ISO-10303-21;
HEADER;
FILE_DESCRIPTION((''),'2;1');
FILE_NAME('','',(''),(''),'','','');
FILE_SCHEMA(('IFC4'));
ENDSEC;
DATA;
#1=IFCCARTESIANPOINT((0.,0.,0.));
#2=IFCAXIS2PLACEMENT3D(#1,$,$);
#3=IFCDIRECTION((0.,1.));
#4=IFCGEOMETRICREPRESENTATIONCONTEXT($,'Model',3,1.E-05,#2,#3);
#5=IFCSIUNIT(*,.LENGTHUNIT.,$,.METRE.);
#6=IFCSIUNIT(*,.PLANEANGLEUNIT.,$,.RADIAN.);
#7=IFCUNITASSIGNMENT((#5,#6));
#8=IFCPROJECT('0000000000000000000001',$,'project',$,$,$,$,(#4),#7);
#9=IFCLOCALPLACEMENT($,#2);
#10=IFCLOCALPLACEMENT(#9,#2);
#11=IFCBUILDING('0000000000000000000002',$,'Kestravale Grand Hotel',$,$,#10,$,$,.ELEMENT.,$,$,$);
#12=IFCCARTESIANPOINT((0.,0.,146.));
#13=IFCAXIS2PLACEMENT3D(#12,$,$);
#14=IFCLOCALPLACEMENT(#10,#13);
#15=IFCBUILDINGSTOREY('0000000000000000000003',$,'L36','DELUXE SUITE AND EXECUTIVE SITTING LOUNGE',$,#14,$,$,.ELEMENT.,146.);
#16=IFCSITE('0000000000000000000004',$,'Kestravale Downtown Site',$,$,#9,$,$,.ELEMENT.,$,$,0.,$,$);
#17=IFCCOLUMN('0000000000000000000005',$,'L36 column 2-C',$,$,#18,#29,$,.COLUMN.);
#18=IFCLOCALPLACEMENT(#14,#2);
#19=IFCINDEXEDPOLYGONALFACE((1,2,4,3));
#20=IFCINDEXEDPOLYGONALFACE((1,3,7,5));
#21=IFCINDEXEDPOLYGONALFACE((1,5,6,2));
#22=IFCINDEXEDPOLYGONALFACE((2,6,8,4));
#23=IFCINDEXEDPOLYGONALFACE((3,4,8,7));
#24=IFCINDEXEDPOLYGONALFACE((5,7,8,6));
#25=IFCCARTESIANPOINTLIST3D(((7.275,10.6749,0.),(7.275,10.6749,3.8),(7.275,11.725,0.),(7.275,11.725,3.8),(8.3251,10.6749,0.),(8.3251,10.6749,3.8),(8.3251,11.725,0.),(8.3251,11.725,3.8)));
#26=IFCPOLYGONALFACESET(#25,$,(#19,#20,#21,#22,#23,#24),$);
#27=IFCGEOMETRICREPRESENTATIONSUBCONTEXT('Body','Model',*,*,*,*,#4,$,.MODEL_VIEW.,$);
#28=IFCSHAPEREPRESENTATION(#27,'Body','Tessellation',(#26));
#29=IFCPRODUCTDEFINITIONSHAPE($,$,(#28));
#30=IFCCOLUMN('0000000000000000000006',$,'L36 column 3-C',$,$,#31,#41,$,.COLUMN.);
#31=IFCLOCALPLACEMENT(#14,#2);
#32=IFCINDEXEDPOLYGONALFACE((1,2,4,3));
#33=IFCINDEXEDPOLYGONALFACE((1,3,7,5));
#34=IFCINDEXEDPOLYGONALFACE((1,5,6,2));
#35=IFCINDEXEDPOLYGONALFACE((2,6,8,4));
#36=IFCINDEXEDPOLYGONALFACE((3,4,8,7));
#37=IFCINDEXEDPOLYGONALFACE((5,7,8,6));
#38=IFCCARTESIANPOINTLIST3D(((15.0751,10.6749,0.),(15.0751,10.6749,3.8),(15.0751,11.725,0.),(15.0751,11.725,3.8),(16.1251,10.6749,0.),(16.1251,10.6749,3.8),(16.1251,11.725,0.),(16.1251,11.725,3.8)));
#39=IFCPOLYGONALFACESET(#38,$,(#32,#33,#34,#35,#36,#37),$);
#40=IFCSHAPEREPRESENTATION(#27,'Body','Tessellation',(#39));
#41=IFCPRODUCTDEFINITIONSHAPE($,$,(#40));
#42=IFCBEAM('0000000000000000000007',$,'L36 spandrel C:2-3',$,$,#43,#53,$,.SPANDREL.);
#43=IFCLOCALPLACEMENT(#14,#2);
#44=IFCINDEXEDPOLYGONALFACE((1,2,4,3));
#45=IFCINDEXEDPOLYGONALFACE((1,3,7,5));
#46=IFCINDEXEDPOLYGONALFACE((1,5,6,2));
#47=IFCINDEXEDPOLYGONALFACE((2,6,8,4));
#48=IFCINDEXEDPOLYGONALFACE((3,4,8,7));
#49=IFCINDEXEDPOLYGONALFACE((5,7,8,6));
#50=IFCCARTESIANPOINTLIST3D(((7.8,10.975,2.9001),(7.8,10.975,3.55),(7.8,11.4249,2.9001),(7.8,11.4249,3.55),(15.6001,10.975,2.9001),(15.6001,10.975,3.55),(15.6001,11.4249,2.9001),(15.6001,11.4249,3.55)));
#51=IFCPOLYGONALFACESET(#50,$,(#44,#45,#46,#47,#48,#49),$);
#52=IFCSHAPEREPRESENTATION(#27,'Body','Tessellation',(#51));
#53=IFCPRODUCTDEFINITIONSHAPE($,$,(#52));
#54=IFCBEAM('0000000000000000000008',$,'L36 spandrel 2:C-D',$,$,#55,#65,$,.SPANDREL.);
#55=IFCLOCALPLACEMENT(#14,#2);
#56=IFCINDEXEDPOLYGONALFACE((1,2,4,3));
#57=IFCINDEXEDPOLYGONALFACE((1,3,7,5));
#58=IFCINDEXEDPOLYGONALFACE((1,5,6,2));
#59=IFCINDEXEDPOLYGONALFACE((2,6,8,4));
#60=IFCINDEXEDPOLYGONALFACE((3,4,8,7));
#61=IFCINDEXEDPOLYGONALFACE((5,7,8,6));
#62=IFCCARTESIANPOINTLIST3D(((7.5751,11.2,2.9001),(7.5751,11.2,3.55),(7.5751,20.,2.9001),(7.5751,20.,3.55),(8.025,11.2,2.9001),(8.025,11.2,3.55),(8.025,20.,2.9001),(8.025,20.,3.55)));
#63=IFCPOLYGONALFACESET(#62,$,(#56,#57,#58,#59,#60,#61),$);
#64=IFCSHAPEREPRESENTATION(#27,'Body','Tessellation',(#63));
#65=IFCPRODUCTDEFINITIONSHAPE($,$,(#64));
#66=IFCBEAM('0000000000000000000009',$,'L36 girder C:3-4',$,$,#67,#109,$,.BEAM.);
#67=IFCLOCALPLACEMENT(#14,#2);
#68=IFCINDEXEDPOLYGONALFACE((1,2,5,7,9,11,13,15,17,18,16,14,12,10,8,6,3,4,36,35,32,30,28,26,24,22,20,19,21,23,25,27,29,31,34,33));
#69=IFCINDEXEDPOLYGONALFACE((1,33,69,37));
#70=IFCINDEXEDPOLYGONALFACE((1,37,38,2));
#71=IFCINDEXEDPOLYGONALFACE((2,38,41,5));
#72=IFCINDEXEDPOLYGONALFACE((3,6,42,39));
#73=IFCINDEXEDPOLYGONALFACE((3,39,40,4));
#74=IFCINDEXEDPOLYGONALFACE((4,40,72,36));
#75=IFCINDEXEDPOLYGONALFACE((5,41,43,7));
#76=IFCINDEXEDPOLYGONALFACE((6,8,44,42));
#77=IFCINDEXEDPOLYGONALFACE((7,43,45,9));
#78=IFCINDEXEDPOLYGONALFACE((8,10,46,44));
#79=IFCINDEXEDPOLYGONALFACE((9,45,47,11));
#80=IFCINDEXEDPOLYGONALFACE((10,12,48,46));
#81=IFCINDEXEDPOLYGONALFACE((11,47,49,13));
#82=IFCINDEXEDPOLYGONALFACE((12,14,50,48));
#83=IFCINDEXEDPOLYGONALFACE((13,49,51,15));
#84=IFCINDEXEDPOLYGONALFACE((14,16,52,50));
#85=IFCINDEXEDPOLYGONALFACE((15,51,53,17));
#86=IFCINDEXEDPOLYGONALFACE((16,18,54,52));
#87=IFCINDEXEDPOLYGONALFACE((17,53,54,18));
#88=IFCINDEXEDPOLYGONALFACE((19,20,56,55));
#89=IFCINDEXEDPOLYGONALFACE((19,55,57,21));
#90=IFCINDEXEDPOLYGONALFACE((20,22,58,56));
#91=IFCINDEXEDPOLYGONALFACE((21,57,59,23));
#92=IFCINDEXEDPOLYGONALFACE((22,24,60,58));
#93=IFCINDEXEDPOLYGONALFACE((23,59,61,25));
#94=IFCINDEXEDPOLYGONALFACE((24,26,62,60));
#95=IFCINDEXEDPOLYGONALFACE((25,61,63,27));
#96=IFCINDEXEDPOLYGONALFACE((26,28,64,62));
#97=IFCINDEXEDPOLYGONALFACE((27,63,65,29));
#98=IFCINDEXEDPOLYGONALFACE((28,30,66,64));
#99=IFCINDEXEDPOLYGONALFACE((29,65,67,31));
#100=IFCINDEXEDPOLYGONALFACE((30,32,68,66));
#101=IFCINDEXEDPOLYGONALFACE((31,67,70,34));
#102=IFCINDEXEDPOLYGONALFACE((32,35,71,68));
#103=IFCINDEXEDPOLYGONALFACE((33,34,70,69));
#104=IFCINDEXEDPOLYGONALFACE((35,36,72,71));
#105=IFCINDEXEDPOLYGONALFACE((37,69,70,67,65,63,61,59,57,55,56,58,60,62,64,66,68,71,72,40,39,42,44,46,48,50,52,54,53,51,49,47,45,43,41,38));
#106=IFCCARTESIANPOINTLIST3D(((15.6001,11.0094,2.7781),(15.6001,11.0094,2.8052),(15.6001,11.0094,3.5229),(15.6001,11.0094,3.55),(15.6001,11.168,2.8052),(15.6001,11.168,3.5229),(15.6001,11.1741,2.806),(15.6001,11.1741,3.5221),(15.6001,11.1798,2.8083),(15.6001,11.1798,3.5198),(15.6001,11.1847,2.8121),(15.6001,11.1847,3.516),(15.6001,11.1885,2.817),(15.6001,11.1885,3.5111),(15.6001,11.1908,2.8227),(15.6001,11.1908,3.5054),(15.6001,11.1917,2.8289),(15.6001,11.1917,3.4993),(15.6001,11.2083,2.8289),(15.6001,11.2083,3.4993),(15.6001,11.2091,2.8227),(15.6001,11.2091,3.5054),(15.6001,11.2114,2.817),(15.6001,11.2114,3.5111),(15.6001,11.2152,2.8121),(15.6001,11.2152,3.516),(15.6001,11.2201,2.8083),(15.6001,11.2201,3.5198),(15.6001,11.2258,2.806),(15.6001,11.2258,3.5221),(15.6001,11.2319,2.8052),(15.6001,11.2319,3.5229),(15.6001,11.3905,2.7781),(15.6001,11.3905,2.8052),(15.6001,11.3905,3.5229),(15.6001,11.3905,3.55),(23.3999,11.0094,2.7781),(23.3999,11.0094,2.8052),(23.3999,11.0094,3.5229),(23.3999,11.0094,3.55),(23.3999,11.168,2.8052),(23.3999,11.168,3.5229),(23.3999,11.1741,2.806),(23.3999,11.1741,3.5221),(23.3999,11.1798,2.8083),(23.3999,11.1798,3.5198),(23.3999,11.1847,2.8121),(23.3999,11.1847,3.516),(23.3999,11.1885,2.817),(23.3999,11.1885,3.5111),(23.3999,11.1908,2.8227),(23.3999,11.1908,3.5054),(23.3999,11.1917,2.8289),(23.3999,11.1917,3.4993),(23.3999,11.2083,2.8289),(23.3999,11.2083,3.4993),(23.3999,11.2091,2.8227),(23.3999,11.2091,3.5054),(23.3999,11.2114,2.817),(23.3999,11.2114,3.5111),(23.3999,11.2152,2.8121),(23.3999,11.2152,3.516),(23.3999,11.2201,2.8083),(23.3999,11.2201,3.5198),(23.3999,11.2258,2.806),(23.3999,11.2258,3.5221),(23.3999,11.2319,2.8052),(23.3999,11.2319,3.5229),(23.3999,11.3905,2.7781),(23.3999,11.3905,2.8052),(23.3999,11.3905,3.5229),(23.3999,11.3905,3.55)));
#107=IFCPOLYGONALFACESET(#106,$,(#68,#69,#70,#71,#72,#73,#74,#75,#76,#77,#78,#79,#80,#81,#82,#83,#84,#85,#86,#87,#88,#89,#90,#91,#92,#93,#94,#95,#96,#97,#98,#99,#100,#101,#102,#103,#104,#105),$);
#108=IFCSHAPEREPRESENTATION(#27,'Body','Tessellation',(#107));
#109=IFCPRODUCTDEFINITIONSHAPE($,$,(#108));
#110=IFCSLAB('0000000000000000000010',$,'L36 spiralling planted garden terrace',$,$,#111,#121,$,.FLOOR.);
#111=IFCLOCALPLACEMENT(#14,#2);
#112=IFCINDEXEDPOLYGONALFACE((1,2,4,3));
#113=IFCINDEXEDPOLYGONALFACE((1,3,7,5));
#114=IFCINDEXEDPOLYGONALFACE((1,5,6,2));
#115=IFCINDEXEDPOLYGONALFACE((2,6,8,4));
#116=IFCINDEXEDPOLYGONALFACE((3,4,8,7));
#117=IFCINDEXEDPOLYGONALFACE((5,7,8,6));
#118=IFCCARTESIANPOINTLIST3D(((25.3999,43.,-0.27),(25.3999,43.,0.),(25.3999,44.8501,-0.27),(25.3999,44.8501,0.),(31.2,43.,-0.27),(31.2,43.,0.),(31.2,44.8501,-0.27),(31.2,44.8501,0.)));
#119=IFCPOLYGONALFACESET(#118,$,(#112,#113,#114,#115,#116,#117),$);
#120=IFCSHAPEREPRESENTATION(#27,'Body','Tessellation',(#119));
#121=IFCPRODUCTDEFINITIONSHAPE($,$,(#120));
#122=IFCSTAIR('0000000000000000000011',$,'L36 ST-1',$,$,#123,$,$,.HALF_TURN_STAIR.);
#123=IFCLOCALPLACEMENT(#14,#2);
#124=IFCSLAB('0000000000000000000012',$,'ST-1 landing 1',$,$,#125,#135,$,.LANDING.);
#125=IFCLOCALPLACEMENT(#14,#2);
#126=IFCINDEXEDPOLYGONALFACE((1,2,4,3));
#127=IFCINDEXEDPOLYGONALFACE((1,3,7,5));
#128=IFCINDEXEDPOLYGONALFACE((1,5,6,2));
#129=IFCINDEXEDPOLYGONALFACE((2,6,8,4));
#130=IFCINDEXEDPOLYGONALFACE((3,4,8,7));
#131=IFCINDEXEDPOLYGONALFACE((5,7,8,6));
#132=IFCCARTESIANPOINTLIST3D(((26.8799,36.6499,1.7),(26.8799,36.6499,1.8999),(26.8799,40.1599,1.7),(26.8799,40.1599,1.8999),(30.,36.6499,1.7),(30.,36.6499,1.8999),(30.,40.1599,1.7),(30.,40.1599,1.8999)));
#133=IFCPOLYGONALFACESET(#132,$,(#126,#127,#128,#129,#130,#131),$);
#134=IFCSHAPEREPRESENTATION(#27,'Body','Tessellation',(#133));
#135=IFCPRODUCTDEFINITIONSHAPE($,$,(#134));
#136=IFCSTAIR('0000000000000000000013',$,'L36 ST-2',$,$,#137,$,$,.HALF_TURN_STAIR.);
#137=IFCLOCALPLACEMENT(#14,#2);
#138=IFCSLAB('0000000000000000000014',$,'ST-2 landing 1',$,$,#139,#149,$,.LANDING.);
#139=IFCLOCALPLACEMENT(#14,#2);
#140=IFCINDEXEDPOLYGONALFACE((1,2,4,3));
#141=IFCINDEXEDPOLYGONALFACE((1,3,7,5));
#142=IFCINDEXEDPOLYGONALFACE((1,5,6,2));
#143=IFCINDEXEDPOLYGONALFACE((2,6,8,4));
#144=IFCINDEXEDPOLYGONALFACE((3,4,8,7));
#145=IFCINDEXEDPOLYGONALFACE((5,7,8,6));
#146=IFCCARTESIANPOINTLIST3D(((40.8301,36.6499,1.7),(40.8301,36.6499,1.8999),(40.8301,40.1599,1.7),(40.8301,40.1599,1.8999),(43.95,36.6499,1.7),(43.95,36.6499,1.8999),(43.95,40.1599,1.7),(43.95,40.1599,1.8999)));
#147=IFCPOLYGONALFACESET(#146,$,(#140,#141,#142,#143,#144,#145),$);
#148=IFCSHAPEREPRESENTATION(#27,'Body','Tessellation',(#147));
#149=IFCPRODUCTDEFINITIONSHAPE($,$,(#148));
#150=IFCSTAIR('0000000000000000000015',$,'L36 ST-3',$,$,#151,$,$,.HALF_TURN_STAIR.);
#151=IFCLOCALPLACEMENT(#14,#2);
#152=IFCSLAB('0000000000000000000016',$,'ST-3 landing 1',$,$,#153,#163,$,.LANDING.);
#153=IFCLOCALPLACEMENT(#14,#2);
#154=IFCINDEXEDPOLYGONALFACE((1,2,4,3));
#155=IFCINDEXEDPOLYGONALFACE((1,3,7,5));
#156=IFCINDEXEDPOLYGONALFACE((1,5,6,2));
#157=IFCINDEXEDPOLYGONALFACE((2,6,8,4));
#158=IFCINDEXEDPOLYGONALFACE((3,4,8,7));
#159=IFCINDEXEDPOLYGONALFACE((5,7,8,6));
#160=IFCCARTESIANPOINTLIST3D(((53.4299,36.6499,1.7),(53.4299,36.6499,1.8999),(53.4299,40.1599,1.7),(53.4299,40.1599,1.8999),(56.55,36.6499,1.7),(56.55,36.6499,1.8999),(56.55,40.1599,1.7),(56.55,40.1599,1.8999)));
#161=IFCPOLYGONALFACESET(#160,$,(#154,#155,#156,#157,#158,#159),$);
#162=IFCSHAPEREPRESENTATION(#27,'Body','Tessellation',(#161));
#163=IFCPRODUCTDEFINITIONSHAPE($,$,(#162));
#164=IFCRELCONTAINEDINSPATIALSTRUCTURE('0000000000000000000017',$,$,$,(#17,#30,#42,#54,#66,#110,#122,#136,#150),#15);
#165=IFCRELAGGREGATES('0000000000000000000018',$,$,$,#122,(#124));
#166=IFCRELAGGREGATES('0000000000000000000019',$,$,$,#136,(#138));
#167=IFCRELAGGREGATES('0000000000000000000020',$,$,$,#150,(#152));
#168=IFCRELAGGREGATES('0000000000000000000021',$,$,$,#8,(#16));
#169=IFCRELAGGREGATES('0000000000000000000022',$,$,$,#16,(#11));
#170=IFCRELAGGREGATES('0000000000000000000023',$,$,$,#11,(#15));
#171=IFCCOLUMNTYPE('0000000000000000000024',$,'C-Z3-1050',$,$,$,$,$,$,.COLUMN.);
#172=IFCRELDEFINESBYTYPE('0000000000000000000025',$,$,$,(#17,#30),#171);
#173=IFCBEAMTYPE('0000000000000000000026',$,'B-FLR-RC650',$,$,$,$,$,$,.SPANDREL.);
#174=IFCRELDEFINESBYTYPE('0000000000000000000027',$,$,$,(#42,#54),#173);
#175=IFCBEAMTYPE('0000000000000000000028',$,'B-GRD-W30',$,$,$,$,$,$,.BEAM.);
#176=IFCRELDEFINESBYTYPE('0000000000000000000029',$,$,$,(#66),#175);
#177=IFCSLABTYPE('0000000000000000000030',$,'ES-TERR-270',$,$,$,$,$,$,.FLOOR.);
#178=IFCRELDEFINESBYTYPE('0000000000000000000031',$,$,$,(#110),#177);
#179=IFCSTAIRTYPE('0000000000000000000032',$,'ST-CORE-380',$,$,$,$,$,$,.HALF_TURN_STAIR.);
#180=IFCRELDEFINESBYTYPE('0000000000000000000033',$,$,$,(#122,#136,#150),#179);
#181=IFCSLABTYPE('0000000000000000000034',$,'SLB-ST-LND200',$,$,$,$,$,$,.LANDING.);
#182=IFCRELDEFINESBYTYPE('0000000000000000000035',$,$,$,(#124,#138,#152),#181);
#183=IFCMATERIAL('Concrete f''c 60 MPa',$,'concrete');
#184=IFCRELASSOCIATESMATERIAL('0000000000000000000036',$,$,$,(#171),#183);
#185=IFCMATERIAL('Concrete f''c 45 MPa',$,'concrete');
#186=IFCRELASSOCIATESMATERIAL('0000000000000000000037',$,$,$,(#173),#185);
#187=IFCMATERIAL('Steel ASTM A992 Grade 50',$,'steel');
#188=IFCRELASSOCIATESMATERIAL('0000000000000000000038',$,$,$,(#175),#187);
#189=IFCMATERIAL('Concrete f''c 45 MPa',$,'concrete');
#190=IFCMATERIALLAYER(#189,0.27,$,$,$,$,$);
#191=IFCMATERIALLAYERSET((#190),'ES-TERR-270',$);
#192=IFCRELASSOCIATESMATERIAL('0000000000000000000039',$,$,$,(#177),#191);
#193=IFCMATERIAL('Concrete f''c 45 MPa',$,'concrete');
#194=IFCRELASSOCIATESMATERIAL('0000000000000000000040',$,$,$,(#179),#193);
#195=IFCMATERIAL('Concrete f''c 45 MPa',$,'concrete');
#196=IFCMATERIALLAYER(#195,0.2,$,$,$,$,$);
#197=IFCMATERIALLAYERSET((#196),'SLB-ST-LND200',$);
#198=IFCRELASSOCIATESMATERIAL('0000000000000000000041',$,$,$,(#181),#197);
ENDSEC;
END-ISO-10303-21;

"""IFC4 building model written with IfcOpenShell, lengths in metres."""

from ifc_helpers import new_model, si_unit, direction, frame, origin, origin_2d, place, context, subcontext, project, spatial, polyline, rectangle, i_section, outline, extrude, material, layer, layer_set, material_profile, profile_set, type_object, element, aggregate, save


model = new_model("IFC4")

# Units and contexts
model_context = context("Model", 3, precision=1e-05, world=origin(), true_north=direction((0.0, 1.0)))
body_context = subcontext(model_context, "Body", "Model", "MODEL_VIEW")
ifc_project = project(units=[si_unit("LENGTHUNIT", "METRE"), si_unit("PLANEANGLEUNIT", "RADIAN")], contexts=[model_context])

# Site, building, storey
site_placement = place(None, origin())
site = spatial("IfcSite", under=ifc_project, at=site_placement, Name="Kestravale Downtown Site", CompositionType="ELEMENT", RefElevation=0.0)
building_placement = place(site_placement, origin())
building = spatial("IfcBuilding", under=site, at=building_placement, Name="Kestravale Grand Hotel", CompositionType="ELEMENT")
storey_placement = place(building_placement, frame((0.0, 0.0, 146.0)))
storey = spatial("IfcBuildingStorey", under=building, at=storey_placement, Name="L36", Description="DELUXE SUITE AND EXECUTIVE SITTING LOUNGE", CompositionType="ELEMENT", Elevation=146.0)

# Columns
ifc_material_1 = material(Name="Concrete f'c 60 MPa", Category="concrete")
ifc_material_profile_1 = material_profile(ifc_material_1, rectangle(XDim=1.05, YDim=1.05, at=origin_2d()))
ifc_profile_set_1 = profile_set([ifc_material_profile_1], Name="Concrete f'c 60 MPa")
column_type = type_object("IfcColumnType", Name="C-Z3-1050", PredefinedType="COLUMN", material=ifc_profile_set_1)
for number, where, z_axis, x_axis, name in (
    (1, (7.8, 11.2, 0.0), (0.0, 0.0, 1.0), (1.0, 0.0, 0.0), "L36 column 2-C"),
    (2, (15.6001, 11.2, 0.0), (0.0, 0.0, 1.0), (1.0, 0.0, 0.0), "L36 column 3-C"),
):
    element("IfcColumn", number, at=place(storey_placement, frame(where, z_axis=z_axis, x_axis=x_axis)), inside=storey, type_object=column_type, Name=name, PredefinedType="COLUMN", context=body_context, shape_type="SweptSolid", body=[
        extrude(rectangle(XDim=1.05, YDim=1.05, at=origin_2d()), origin(), (0.0, 0.0, 1.0), 3.8),
    ])

# Beams
ifc_material_2 = material(Name="Concrete f'c 45 MPa", Category="concrete")
ifc_material_profile_2 = material_profile(ifc_material_2, rectangle(XDim=0.45, YDim=0.6499, at=origin_2d()))
ifc_profile_set_2 = profile_set([ifc_material_profile_2], Name="Concrete f'c 45 MPa")
beam_type_1 = type_object("IfcBeamType", Name="B-FLR-RC650", PredefinedType="SPANDREL", material=ifc_profile_set_2)
beam_1_placement = place(storey_placement, frame((7.8, 11.2, 3.2251), z_axis=(1.0, 0.0, 0.0), x_axis=(0.0, 1.0, 0.0)))
element("IfcBeam", 3, at=beam_1_placement, inside=storey, type_object=beam_type_1, Name="L36 spandrel C:2-3", PredefinedType="SPANDREL", context=body_context, shape_type="SweptSolid", body=[
    extrude(rectangle(XDim=0.45, YDim=0.6499, at=origin_2d()), origin(), (0.0, 0.0, 1.0), 7.8),
])
beam_2_placement = place(storey_placement, frame((7.8, 11.2, 3.2251), z_axis=(0.0, 1.0, 0.0), x_axis=(-1.0, 0.0, 0.0)))
element("IfcBeam", 4, at=beam_2_placement, inside=storey, type_object=beam_type_1, Name="L36 spandrel 2:C-D", PredefinedType="SPANDREL", context=body_context, shape_type="SweptSolid", body=[
    extrude(rectangle(XDim=0.45, YDim=0.6499, at=origin_2d()), origin(), (0.0, 0.0, 1.0), 8.8),
])
ifc_material_3 = material(Name="Steel ASTM A992 Grade 50", Category="steel")
ifc_material_profile_3 = material_profile(ifc_material_3, i_section(OverallWidth=0.3811, OverallDepth=0.772, WebThickness=0.0166, FlangeThickness=0.0271, FilletRadius=0.0237, at=origin_2d()))
ifc_profile_set_3 = profile_set([ifc_material_profile_3], Name="Steel ASTM A992 Grade 50")
beam_type_2 = type_object("IfcBeamType", Name="B-GRD-W30", PredefinedType="BEAM", material=ifc_profile_set_3)
beam_3_placement = place(storey_placement, frame((15.6001, 11.2, 3.1641), z_axis=(1.0, 0.0, 0.0), x_axis=(0.0, 1.0, 0.0)))
element("IfcBeam", 5, at=beam_3_placement, inside=storey, type_object=beam_type_2, Name="L36 girder C:3-4", PredefinedType="BEAM", context=body_context, shape_type="SweptSolid", body=[
    extrude(i_section(OverallWidth=0.3811, OverallDepth=0.772, WebThickness=0.0166, FlangeThickness=0.0271, FilletRadius=0.0237, at=origin_2d()), origin(), (0.0, 0.0, 1.0), 7.7998),
])

# Slab
ifc_material_4 = material(Name="Concrete f'c 45 MPa", Category="concrete")
ifc_layer_1 = layer(ifc_material_4, 0.27)
ifc_layer_set_1 = layer_set([ifc_layer_1], Name="ES-TERR-270")
slab_type_1 = type_object("IfcSlabType", Name="ES-TERR-270", PredefinedType="FLOOR", material=ifc_layer_set_1)
slab_1_placement = place(storey_placement, frame((0.0, 0.0, -0.27)))
element("IfcSlab", 6, at=slab_1_placement, inside=storey, type_object=slab_type_1, Name="L36 spiralling planted garden terrace", PredefinedType="FLOOR", context=body_context, shape_type="SweptSolid", body=[
    extrude(outline(polyline([(25.3999, 43.0), (31.2, 43.0), (31.2, 44.8501), (25.3999, 44.8501), (25.3999, 43.0)])), origin(), (0.0, 0.0, 1.0), 0.27),
])

# Stairs, slabs
ifc_material_5 = material(Name="Concrete f'c 45 MPa", Category="concrete")
stair_type = type_object("IfcStairType", Name="ST-CORE-380", PredefinedType="HALF_TURN_STAIR", material=ifc_material_5)
stair_1_placement = place(storey_placement, origin())
stair_1 = element("IfcStair", 7, at=stair_1_placement, inside=storey, type_object=stair_type, Name="L36 ST-1", PredefinedType="HALF_TURN_STAIR")
ifc_material_6 = material(Name="Concrete f'c 45 MPa", Category="concrete")
ifc_layer_2 = layer(ifc_material_6, 0.2)
ifc_layer_set_2 = layer_set([ifc_layer_2], Name="SLB-ST-LND200")
slab_type_2 = type_object("IfcSlabType", Name="SLB-ST-LND200", PredefinedType="LANDING", material=ifc_layer_set_2)
slab_2_placement = place(storey_placement, frame((0.0, 0.0, 1.7)))
slab_2 = element("IfcSlab", 8, at=slab_2_placement, type_object=slab_type_2, Name="ST-1 landing 1", PredefinedType="LANDING", context=body_context, shape_type="SweptSolid", body=[
    extrude(outline(polyline([(26.8799, 36.6499), (30.0, 36.6499), (30.0, 40.1599), (26.8799, 40.1599), (26.8799, 36.6499)])), origin(), (0.0, 0.0, 1.0), 0.2),
])
aggregate(stair_1, [slab_2])
stair_2_placement = place(storey_placement, origin())
stair_2 = element("IfcStair", 9, at=stair_2_placement, inside=storey, type_object=stair_type, Name="L36 ST-2", PredefinedType="HALF_TURN_STAIR")
slab_3_placement = place(storey_placement, frame((0.0, 0.0, 1.7)))
slab_3 = element("IfcSlab", 10, at=slab_3_placement, type_object=slab_type_2, Name="ST-2 landing 1", PredefinedType="LANDING", context=body_context, shape_type="SweptSolid", body=[
    extrude(outline(polyline([(40.8301, 36.6499), (43.95, 36.6499), (43.95, 40.1599), (40.8301, 40.1599), (40.8301, 36.6499)])), origin(), (0.0, 0.0, 1.0), 0.2),
])
aggregate(stair_2, [slab_3])
stair_3_placement = place(storey_placement, origin())
stair_3 = element("IfcStair", 11, at=stair_3_placement, inside=storey, type_object=stair_type, Name="L36 ST-3", PredefinedType="HALF_TURN_STAIR")
slab_4_placement = place(storey_placement, frame((0.0, 0.0, 1.7)))
slab_4 = element("IfcSlab", 12, at=slab_4_placement, type_object=slab_type_2, Name="ST-3 landing 1", PredefinedType="LANDING", context=body_context, shape_type="SweptSolid", body=[
    extrude(outline(polyline([(53.4299, 36.6499), (56.55, 36.6499), (56.55, 40.1599), (53.4299, 40.1599), (53.4299, 36.6499)])), origin(), (0.0, 0.0, 1.0), 0.2),
])
aggregate(stair_3, [slab_4])

save(model, "model.ifc")
